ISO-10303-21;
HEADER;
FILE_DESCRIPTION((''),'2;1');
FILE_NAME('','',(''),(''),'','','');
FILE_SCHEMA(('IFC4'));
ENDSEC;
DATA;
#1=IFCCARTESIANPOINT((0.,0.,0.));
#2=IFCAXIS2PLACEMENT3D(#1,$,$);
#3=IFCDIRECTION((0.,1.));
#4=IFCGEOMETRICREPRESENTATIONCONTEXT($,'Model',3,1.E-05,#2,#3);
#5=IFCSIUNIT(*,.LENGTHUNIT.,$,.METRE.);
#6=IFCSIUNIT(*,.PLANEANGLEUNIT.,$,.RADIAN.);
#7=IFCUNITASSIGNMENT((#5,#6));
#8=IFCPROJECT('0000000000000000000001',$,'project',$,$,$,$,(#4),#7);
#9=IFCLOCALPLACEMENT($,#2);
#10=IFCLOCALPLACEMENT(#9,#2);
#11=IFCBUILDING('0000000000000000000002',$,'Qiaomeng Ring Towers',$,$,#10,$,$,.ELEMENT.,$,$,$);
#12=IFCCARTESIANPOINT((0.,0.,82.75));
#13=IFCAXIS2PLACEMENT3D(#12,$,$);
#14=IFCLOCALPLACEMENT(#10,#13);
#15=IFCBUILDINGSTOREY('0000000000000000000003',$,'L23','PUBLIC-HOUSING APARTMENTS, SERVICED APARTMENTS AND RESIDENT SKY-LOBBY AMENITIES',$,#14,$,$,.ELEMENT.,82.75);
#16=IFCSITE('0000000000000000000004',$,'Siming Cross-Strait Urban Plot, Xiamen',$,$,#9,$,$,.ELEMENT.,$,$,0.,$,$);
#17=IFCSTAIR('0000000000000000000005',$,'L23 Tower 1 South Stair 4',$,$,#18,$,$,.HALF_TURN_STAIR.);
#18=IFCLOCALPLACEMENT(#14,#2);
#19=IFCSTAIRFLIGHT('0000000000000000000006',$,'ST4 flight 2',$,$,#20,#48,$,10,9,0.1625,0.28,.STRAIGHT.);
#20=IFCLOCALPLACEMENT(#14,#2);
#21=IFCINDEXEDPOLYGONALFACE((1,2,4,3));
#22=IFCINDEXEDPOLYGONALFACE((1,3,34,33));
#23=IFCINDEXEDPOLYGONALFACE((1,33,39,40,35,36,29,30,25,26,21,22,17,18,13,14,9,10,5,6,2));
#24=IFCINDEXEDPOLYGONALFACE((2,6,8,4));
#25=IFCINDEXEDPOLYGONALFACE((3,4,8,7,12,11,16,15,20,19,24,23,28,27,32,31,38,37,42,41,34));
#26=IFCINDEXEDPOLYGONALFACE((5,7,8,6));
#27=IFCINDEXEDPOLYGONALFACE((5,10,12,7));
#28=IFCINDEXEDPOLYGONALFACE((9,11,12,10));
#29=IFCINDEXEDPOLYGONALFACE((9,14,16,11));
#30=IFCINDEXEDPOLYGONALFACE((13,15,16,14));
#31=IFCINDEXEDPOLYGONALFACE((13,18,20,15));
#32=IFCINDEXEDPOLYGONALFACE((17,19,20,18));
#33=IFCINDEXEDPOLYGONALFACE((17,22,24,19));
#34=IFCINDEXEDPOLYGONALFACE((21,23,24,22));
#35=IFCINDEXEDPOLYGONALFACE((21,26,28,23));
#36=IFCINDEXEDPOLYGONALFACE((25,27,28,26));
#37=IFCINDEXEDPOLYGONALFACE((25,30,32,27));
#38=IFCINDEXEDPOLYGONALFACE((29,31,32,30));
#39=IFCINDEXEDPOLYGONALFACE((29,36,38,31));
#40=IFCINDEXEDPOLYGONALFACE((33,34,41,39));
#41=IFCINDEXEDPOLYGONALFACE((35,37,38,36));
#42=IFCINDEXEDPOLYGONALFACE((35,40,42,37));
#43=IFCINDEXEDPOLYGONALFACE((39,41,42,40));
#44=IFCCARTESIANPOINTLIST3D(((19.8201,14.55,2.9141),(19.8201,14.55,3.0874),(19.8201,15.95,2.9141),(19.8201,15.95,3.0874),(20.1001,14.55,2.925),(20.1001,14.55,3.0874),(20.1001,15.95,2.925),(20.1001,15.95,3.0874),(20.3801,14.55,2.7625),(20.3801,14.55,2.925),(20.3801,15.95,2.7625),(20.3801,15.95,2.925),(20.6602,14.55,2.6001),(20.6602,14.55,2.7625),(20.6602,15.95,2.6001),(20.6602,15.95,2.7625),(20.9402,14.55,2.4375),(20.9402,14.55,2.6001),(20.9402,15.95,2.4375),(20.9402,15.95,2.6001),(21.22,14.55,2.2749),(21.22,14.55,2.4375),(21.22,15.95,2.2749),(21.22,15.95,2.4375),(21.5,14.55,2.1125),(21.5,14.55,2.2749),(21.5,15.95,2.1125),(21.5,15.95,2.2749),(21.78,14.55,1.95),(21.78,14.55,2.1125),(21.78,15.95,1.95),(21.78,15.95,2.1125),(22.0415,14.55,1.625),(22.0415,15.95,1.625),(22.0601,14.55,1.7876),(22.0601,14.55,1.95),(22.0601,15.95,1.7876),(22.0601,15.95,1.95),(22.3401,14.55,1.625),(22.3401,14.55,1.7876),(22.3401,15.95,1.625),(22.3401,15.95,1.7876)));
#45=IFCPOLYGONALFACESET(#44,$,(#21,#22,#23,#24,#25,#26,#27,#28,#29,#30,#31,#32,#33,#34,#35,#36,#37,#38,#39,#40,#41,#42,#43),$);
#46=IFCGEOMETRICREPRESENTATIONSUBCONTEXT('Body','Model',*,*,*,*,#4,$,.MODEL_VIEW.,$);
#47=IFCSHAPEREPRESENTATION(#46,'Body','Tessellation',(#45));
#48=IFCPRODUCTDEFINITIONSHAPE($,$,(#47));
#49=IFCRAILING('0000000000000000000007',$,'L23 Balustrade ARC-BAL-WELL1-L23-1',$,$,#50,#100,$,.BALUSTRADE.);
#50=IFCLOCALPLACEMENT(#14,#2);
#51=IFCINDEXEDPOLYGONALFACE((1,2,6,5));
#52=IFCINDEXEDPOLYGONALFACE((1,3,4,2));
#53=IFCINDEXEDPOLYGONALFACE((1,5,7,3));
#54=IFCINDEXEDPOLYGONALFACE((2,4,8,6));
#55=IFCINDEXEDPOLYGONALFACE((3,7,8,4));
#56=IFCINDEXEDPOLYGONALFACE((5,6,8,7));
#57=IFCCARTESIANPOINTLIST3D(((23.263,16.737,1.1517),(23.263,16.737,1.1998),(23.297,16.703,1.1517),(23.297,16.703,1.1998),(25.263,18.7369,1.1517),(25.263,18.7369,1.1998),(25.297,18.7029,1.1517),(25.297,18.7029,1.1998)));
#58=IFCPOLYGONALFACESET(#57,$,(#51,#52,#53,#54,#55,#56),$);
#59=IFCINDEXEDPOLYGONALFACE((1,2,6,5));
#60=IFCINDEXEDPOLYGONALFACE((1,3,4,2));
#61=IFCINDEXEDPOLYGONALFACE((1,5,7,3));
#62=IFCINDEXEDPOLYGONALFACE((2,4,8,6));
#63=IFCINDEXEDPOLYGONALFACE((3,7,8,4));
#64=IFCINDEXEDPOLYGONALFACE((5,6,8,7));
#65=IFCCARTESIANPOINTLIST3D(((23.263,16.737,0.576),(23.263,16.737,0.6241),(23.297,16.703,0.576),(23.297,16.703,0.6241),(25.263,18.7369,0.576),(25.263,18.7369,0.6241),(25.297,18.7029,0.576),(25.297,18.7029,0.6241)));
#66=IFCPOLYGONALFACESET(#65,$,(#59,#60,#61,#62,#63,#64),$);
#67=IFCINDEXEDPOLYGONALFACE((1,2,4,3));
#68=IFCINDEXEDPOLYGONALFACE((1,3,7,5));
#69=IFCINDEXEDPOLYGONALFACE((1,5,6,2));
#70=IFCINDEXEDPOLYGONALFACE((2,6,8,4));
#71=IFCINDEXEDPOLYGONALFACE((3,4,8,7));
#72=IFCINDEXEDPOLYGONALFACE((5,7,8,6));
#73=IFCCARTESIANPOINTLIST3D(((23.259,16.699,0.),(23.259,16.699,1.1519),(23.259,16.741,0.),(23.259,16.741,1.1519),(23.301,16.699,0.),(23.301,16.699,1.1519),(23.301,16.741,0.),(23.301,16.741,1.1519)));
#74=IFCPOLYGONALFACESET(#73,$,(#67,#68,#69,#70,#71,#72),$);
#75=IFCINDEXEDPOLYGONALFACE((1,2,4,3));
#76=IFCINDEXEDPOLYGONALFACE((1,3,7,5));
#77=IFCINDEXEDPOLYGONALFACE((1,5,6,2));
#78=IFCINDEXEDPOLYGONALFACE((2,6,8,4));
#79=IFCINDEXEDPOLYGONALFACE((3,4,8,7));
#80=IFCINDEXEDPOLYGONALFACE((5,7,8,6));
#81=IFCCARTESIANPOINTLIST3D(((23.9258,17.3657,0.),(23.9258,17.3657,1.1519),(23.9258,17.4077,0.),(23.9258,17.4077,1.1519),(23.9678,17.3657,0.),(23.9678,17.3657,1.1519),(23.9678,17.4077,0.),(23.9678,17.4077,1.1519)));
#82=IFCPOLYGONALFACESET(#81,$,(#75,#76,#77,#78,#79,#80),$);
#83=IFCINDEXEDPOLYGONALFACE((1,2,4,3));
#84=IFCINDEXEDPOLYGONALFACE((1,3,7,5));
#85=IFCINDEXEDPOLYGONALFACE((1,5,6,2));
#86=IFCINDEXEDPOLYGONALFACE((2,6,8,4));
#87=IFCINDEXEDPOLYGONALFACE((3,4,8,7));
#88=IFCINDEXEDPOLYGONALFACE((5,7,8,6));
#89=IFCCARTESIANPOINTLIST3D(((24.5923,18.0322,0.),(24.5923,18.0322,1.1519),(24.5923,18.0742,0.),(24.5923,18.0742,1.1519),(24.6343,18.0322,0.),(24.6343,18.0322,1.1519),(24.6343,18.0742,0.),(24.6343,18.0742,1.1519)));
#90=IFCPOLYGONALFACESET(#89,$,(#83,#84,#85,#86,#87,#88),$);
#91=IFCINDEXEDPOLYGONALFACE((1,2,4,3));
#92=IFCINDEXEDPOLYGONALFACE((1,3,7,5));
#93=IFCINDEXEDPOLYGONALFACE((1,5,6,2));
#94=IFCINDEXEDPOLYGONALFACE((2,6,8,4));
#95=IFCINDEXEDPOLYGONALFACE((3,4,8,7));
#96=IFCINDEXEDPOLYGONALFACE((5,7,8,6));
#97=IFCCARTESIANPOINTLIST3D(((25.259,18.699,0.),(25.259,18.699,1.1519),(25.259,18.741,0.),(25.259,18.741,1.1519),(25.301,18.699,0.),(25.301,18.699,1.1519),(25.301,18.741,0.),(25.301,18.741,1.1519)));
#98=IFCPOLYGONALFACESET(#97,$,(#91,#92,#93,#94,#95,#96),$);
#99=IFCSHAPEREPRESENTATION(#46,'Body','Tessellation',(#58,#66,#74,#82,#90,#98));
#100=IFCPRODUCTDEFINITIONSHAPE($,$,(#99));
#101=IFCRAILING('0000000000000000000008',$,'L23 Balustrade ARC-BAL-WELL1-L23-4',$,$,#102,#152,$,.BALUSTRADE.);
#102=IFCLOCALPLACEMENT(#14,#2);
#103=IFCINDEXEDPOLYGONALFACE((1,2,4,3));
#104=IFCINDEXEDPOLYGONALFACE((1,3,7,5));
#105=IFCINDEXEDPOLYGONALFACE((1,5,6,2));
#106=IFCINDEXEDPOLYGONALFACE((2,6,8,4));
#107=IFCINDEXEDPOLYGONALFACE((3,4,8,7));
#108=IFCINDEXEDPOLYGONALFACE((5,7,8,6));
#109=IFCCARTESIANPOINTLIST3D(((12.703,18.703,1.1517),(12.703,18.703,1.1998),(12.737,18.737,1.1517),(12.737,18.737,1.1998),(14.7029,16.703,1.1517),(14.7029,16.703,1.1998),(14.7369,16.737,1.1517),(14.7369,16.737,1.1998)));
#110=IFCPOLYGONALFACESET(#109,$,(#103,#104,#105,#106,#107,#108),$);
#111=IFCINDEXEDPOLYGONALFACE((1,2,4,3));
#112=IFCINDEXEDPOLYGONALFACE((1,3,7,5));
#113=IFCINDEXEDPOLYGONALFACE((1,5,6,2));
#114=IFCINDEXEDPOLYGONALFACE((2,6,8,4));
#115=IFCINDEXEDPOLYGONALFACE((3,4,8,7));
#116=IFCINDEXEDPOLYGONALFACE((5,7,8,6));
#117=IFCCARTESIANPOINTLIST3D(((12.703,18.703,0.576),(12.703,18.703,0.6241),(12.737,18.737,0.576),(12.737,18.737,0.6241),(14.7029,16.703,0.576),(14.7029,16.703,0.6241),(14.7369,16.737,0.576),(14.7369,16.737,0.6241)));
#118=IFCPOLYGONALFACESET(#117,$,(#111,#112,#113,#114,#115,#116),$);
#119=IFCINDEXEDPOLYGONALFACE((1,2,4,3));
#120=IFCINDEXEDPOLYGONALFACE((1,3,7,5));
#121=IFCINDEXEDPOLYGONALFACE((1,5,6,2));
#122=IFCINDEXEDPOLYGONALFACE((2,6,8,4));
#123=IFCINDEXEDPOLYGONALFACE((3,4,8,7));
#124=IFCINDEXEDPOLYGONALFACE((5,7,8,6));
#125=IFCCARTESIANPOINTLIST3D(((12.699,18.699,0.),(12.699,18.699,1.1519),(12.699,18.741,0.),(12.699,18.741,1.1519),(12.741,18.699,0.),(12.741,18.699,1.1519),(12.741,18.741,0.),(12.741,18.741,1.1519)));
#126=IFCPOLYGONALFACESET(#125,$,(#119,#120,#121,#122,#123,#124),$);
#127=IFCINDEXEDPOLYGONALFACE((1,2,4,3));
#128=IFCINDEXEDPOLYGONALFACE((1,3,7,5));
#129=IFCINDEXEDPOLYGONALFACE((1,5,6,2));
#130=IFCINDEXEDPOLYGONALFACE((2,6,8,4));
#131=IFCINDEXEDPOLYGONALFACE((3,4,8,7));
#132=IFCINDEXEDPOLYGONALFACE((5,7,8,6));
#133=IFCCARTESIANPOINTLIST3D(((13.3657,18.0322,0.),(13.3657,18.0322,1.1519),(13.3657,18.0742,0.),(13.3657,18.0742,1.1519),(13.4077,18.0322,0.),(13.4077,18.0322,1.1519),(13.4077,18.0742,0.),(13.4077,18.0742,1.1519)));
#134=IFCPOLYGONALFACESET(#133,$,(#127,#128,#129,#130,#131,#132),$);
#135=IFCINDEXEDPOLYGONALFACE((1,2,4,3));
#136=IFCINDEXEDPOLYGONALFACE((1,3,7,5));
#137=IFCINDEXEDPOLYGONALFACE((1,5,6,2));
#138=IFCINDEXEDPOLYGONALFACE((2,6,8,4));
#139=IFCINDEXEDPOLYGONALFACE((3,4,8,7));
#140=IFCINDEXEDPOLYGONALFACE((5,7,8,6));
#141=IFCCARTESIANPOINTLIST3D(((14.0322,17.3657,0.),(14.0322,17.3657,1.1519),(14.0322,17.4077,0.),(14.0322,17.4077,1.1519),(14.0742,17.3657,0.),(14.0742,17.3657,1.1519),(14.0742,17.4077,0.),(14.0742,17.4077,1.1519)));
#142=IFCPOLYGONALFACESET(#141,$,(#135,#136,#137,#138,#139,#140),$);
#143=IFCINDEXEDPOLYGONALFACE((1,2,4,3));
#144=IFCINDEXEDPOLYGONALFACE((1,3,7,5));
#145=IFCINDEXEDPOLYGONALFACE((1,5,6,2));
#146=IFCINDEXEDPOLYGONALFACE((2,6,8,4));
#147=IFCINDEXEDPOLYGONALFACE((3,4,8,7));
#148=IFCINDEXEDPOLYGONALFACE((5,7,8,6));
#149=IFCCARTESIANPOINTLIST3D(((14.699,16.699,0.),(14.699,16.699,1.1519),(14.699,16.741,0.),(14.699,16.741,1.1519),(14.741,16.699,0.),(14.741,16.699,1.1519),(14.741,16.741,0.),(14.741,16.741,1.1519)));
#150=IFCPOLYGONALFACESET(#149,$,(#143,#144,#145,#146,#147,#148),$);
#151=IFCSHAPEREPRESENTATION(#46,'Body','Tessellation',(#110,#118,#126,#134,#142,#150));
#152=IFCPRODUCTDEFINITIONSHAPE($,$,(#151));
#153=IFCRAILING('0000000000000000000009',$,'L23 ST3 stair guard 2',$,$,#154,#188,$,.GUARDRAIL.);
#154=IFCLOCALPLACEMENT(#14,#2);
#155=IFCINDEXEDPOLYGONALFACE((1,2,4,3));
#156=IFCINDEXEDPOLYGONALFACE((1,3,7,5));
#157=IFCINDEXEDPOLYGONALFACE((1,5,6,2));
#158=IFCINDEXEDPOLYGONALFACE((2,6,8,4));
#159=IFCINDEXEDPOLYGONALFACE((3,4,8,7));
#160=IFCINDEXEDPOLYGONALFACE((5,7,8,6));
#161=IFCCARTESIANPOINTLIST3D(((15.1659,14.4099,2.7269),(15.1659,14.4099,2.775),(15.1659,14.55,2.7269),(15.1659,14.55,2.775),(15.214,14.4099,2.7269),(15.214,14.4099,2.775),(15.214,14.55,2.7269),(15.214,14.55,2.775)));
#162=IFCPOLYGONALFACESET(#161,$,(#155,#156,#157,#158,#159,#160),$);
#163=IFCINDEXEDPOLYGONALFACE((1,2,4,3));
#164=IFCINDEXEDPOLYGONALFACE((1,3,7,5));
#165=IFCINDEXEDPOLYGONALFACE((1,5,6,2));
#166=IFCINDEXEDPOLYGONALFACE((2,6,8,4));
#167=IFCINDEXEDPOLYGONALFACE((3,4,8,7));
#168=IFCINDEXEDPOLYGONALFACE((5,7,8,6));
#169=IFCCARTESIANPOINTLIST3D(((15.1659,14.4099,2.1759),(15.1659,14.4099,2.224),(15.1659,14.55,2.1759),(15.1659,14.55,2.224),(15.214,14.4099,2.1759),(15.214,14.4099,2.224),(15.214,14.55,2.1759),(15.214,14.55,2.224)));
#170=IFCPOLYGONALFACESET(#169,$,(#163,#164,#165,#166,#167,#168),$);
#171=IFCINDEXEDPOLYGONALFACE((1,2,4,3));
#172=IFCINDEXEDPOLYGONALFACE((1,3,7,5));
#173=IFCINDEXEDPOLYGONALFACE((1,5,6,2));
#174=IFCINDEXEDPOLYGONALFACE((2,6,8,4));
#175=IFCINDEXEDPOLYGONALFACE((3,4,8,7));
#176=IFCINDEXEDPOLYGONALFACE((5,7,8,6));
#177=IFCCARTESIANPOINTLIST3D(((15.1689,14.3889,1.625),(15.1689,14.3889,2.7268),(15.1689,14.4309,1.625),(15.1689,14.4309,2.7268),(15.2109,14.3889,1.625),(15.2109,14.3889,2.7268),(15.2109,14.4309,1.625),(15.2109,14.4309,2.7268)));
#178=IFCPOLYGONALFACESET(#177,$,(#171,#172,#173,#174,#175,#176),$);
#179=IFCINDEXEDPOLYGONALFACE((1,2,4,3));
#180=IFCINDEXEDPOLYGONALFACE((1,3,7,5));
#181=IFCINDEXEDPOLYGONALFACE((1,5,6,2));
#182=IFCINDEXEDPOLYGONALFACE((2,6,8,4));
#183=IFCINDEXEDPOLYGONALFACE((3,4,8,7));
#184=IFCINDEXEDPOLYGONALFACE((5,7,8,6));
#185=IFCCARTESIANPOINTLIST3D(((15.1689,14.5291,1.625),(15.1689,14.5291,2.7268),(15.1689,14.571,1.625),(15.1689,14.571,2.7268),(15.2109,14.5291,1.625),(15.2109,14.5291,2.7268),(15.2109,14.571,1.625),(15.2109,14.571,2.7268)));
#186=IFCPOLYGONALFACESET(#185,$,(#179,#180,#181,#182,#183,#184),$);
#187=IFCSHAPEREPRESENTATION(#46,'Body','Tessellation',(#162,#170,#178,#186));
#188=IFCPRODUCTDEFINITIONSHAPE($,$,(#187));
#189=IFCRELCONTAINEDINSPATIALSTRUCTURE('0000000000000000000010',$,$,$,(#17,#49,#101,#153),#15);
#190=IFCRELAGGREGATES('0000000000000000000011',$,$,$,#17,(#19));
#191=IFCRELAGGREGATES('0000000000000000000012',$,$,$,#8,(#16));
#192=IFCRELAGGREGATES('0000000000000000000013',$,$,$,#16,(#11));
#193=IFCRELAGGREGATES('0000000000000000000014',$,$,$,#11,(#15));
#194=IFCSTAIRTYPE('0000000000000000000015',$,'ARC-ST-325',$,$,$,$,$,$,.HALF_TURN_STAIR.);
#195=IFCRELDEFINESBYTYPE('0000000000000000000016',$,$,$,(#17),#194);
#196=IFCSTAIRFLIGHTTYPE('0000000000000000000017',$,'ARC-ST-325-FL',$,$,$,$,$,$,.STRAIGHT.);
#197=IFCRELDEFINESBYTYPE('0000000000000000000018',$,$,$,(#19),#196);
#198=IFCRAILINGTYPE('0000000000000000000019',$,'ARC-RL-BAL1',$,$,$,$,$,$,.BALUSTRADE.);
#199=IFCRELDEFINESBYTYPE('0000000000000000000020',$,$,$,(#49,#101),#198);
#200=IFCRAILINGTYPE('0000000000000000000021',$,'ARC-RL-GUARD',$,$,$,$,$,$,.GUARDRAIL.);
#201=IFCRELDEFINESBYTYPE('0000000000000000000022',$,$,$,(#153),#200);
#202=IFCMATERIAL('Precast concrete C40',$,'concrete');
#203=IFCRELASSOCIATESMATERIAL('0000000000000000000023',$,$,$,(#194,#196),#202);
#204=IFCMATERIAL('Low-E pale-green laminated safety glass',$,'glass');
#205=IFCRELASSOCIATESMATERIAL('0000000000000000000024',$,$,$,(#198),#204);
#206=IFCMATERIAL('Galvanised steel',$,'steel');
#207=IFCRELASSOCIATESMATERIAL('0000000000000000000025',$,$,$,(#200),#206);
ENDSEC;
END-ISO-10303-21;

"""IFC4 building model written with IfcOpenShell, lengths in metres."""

from ifc_helpers import new_model, si_unit, direction, frame, origin, origin_2d, place, context, subcontext, project, spatial, polyline, rectangle, outline, extrude, source, transform, mapped, material, type_object, element, aggregate, save


model = new_model("IFC4")

# Units and contexts
model_context = context("Model", 3, precision=1e-05, world=origin(), true_north=direction((0.0, 1.0)))
body_context = subcontext(model_context, "Body", "Model", "MODEL_VIEW")
ifc_project = project(units=[si_unit("LENGTHUNIT", "METRE"), si_unit("PLANEANGLEUNIT", "RADIAN")], contexts=[model_context])

# Site, building, storey
site_placement = place(None, origin())
site = spatial("IfcSite", under=ifc_project, at=site_placement, Name="Siming Cross-Strait Urban Plot, Xiamen", CompositionType="ELEMENT", RefElevation=0.0)
building_placement = place(site_placement, origin())
building = spatial("IfcBuilding", under=site, at=building_placement, Name="Qiaomeng Ring Towers", CompositionType="ELEMENT")
storey_placement = place(building_placement, frame((0.0, 0.0, 82.75)))
storey = spatial("IfcBuildingStorey", under=building, at=storey_placement, Name="L23", Description="PUBLIC-HOUSING APARTMENTS, SERVICED APARTMENTS AND RESIDENT SKY-LOBBY AMENITIES", CompositionType="ELEMENT", Elevation=82.75)

# Shared definitions
ifc_material_1 = material(Name="Precast concrete C40", Category="concrete")
stair_type = type_object("IfcStairType", Name="ARC-ST-325", PredefinedType="HALF_TURN_STAIR", material=ifc_material_1)
stair_flight_type = type_object("IfcStairFlightType", Name="ARC-ST-325-FL", PredefinedType="STRAIGHT", material=ifc_material_1)
shared_shape_1 = source(origin(), body_context, "Body", "SweptSolid", [
    extrude(outline(polyline([(0.0, 0.0), (0.0, 0.1626), (0.28, 0.1626), (0.28, 0.325), (0.5601, 0.325), (0.5601, 0.4875), (0.8401, 0.4875), (0.8401, 0.6499), (1.1201, 0.6499), (1.1201, 0.8125), (1.3999, 0.8125), (1.3999, 0.9751), (1.6799, 0.9751), (1.6799, 1.1375), (1.96, 1.1375), (1.96, 1.3), (2.24, 1.3), (2.24, 1.4624), (2.52, 1.4624), (2.52, 1.625), (2.52, 1.2891), (0.2986, 0.0), (0.0, 0.0)])), frame((0.0, 0.7, 0.0), z_axis=(0.0, -1.0, 0.0), x_axis=(1.0, 0.0, 0.0)), (0.0, 0.0, 1.0), 1.3999),
])

# Stair, stair flight
stair_1_placement = place(storey_placement, origin())
stair_1 = element("IfcStair", 1, at=stair_1_placement, inside=storey, type_object=stair_type, Name="L23 Tower 1 South Stair 4", PredefinedType="HALF_TURN_STAIR")
stair_flight_1_placement = place(storey_placement, frame((22.3401, 15.25, 1.625), z_axis=(0.0, 0.0, 1.0), x_axis=(-1.0, 0.0, 0.0)))
stair_flight_1 = element("IfcStairFlight", 2, at=stair_flight_1_placement, type_object=stair_flight_type, Name="ST4 flight 2", NumberOfRisers=10, NumberOfTreads=9, PredefinedType="STRAIGHT", RiserHeight=0.1625, TreadLength=0.28, context=body_context, shape_type="MappedRepresentation", body=[
    mapped(shared_shape_1, transform((0.0, 0.0, 0.0), x_axis=(1.0, 0.0, 0.0), y_axis=(0.0, 1.0, 0.0), z_axis=(0.0, 0.0, 1.0), scale=1.0)),
])
aggregate(stair_1, [stair_flight_1])

# Railings
ifc_material_2 = material(Name="Low-E pale-green laminated safety glass", Category="glass")
railing_type_1 = type_object("IfcRailingType", Name="ARC-RL-BAL1", PredefinedType="BALUSTRADE", material=ifc_material_2)
railing_1_placement = place(storey_placement, frame((23.28, 16.72, 0.0)))
element("IfcRailing", 3, at=railing_1_placement, inside=storey, type_object=railing_type_1, Name="L23 Balustrade ARC-BAL-WELL1-L23-1", PredefinedType="BALUSTRADE", context=body_context, shape_type="SweptSolid", body=[
    extrude(rectangle(XDim=0.0481, YDim=0.0481, at=origin_2d()), frame((0.0, 0.0, 1.1758), z_axis=(0.707107, 0.707107, 0.0), x_axis=(-0.707107, 0.707107, 0.0)), (0.0, 0.0, 1.0), 2.8284),
    extrude(rectangle(XDim=0.0481, YDim=0.0481, at=origin_2d()), frame((0.0, 0.0, 0.6001), z_axis=(0.707107, 0.707107, 0.0), x_axis=(-0.707107, 0.707107, 0.0)), (0.0, 0.0, 1.0), 2.8284),
    extrude(rectangle(XDim=0.042, YDim=0.042, at=origin_2d()), origin(), (0.0, 0.0, 1.0), 1.1519),
    extrude(rectangle(XDim=0.042, YDim=0.042, at=origin_2d()), frame((0.6667, 0.6667, 0.0)), (0.0, 0.0, 1.0), 1.1519),
    extrude(rectangle(XDim=0.042, YDim=0.042, at=origin_2d()), frame((1.3333, 1.3333, 0.0)), (0.0, 0.0, 1.0), 1.1519),
    extrude(rectangle(XDim=0.042, YDim=0.042, at=origin_2d()), frame((2.0, 2.0, 0.0)), (0.0, 0.0, 1.0), 1.1519),
])
railing_2_placement = place(storey_placement, frame((12.72, 18.72, 0.0)))
element("IfcRailing", 4, at=railing_2_placement, inside=storey, type_object=railing_type_1, Name="L23 Balustrade ARC-BAL-WELL1-L23-4", PredefinedType="BALUSTRADE", context=body_context, shape_type="SweptSolid", body=[
    extrude(rectangle(XDim=0.0481, YDim=0.0481, at=origin_2d()), frame((0.0, 0.0, 1.1758), z_axis=(0.707107, -0.707107, 0.0), x_axis=(0.707107, 0.707107, 0.0)), (0.0, 0.0, 1.0), 2.8284),
    extrude(rectangle(XDim=0.0481, YDim=0.0481, at=origin_2d()), frame((0.0, 0.0, 0.6001), z_axis=(0.707107, -0.707107, 0.0), x_axis=(0.707107, 0.707107, 0.0)), (0.0, 0.0, 1.0), 2.8284),
    extrude(rectangle(XDim=0.042, YDim=0.042, at=origin_2d()), origin(), (0.0, 0.0, 1.0), 1.1519),
    extrude(rectangle(XDim=0.042, YDim=0.042, at=origin_2d()), frame((0.6667, -0.6667, 0.0)), (0.0, 0.0, 1.0), 1.1519),
    extrude(rectangle(XDim=0.042, YDim=0.042, at=origin_2d()), frame((1.3333, -1.3333, 0.0)), (0.0, 0.0, 1.0), 1.1519),
    extrude(rectangle(XDim=0.042, YDim=0.042, at=origin_2d()), frame((2.0, -2.0, 0.0)), (0.0, 0.0, 1.0), 1.1519),
])
ifc_material_3 = material(Name="Galvanised steel", Category="steel")
railing_type_2 = type_object("IfcRailingType", Name="ARC-RL-GUARD", PredefinedType="GUARDRAIL", material=ifc_material_3)
railing_3_placement = place(storey_placement, frame((15.1899, 14.4099, 1.625)))
element("IfcRailing", 5, at=railing_3_placement, inside=storey, type_object=railing_type_2, Name="L23 ST3 stair guard 2", PredefinedType="GUARDRAIL", context=body_context, shape_type="SweptSolid", body=[
    extrude(rectangle(XDim=0.0481, YDim=0.0481, at=origin_2d()), frame((0.0, 0.0, 1.126), z_axis=(0.0, 1.0, 0.0), x_axis=(-1.0, 0.0, 0.0)), (0.0, 0.0, 1.0), 0.1401),
    extrude(rectangle(XDim=0.0481, YDim=0.0481, at=origin_2d()), frame((0.0, 0.0, 0.575), z_axis=(0.0, 1.0, 0.0), x_axis=(-1.0, 0.0, 0.0)), (0.0, 0.0, 1.0), 0.1401),
    extrude(rectangle(XDim=0.042, YDim=0.042, at=origin_2d()), origin(), (0.0, 0.0, 1.0), 1.1018),
    extrude(rectangle(XDim=0.042, YDim=0.042, at=origin_2d()), frame((0.0, 0.1401, 0.0)), (0.0, 0.0, 1.0), 1.1018),
])

save(model, "model.ifc")
